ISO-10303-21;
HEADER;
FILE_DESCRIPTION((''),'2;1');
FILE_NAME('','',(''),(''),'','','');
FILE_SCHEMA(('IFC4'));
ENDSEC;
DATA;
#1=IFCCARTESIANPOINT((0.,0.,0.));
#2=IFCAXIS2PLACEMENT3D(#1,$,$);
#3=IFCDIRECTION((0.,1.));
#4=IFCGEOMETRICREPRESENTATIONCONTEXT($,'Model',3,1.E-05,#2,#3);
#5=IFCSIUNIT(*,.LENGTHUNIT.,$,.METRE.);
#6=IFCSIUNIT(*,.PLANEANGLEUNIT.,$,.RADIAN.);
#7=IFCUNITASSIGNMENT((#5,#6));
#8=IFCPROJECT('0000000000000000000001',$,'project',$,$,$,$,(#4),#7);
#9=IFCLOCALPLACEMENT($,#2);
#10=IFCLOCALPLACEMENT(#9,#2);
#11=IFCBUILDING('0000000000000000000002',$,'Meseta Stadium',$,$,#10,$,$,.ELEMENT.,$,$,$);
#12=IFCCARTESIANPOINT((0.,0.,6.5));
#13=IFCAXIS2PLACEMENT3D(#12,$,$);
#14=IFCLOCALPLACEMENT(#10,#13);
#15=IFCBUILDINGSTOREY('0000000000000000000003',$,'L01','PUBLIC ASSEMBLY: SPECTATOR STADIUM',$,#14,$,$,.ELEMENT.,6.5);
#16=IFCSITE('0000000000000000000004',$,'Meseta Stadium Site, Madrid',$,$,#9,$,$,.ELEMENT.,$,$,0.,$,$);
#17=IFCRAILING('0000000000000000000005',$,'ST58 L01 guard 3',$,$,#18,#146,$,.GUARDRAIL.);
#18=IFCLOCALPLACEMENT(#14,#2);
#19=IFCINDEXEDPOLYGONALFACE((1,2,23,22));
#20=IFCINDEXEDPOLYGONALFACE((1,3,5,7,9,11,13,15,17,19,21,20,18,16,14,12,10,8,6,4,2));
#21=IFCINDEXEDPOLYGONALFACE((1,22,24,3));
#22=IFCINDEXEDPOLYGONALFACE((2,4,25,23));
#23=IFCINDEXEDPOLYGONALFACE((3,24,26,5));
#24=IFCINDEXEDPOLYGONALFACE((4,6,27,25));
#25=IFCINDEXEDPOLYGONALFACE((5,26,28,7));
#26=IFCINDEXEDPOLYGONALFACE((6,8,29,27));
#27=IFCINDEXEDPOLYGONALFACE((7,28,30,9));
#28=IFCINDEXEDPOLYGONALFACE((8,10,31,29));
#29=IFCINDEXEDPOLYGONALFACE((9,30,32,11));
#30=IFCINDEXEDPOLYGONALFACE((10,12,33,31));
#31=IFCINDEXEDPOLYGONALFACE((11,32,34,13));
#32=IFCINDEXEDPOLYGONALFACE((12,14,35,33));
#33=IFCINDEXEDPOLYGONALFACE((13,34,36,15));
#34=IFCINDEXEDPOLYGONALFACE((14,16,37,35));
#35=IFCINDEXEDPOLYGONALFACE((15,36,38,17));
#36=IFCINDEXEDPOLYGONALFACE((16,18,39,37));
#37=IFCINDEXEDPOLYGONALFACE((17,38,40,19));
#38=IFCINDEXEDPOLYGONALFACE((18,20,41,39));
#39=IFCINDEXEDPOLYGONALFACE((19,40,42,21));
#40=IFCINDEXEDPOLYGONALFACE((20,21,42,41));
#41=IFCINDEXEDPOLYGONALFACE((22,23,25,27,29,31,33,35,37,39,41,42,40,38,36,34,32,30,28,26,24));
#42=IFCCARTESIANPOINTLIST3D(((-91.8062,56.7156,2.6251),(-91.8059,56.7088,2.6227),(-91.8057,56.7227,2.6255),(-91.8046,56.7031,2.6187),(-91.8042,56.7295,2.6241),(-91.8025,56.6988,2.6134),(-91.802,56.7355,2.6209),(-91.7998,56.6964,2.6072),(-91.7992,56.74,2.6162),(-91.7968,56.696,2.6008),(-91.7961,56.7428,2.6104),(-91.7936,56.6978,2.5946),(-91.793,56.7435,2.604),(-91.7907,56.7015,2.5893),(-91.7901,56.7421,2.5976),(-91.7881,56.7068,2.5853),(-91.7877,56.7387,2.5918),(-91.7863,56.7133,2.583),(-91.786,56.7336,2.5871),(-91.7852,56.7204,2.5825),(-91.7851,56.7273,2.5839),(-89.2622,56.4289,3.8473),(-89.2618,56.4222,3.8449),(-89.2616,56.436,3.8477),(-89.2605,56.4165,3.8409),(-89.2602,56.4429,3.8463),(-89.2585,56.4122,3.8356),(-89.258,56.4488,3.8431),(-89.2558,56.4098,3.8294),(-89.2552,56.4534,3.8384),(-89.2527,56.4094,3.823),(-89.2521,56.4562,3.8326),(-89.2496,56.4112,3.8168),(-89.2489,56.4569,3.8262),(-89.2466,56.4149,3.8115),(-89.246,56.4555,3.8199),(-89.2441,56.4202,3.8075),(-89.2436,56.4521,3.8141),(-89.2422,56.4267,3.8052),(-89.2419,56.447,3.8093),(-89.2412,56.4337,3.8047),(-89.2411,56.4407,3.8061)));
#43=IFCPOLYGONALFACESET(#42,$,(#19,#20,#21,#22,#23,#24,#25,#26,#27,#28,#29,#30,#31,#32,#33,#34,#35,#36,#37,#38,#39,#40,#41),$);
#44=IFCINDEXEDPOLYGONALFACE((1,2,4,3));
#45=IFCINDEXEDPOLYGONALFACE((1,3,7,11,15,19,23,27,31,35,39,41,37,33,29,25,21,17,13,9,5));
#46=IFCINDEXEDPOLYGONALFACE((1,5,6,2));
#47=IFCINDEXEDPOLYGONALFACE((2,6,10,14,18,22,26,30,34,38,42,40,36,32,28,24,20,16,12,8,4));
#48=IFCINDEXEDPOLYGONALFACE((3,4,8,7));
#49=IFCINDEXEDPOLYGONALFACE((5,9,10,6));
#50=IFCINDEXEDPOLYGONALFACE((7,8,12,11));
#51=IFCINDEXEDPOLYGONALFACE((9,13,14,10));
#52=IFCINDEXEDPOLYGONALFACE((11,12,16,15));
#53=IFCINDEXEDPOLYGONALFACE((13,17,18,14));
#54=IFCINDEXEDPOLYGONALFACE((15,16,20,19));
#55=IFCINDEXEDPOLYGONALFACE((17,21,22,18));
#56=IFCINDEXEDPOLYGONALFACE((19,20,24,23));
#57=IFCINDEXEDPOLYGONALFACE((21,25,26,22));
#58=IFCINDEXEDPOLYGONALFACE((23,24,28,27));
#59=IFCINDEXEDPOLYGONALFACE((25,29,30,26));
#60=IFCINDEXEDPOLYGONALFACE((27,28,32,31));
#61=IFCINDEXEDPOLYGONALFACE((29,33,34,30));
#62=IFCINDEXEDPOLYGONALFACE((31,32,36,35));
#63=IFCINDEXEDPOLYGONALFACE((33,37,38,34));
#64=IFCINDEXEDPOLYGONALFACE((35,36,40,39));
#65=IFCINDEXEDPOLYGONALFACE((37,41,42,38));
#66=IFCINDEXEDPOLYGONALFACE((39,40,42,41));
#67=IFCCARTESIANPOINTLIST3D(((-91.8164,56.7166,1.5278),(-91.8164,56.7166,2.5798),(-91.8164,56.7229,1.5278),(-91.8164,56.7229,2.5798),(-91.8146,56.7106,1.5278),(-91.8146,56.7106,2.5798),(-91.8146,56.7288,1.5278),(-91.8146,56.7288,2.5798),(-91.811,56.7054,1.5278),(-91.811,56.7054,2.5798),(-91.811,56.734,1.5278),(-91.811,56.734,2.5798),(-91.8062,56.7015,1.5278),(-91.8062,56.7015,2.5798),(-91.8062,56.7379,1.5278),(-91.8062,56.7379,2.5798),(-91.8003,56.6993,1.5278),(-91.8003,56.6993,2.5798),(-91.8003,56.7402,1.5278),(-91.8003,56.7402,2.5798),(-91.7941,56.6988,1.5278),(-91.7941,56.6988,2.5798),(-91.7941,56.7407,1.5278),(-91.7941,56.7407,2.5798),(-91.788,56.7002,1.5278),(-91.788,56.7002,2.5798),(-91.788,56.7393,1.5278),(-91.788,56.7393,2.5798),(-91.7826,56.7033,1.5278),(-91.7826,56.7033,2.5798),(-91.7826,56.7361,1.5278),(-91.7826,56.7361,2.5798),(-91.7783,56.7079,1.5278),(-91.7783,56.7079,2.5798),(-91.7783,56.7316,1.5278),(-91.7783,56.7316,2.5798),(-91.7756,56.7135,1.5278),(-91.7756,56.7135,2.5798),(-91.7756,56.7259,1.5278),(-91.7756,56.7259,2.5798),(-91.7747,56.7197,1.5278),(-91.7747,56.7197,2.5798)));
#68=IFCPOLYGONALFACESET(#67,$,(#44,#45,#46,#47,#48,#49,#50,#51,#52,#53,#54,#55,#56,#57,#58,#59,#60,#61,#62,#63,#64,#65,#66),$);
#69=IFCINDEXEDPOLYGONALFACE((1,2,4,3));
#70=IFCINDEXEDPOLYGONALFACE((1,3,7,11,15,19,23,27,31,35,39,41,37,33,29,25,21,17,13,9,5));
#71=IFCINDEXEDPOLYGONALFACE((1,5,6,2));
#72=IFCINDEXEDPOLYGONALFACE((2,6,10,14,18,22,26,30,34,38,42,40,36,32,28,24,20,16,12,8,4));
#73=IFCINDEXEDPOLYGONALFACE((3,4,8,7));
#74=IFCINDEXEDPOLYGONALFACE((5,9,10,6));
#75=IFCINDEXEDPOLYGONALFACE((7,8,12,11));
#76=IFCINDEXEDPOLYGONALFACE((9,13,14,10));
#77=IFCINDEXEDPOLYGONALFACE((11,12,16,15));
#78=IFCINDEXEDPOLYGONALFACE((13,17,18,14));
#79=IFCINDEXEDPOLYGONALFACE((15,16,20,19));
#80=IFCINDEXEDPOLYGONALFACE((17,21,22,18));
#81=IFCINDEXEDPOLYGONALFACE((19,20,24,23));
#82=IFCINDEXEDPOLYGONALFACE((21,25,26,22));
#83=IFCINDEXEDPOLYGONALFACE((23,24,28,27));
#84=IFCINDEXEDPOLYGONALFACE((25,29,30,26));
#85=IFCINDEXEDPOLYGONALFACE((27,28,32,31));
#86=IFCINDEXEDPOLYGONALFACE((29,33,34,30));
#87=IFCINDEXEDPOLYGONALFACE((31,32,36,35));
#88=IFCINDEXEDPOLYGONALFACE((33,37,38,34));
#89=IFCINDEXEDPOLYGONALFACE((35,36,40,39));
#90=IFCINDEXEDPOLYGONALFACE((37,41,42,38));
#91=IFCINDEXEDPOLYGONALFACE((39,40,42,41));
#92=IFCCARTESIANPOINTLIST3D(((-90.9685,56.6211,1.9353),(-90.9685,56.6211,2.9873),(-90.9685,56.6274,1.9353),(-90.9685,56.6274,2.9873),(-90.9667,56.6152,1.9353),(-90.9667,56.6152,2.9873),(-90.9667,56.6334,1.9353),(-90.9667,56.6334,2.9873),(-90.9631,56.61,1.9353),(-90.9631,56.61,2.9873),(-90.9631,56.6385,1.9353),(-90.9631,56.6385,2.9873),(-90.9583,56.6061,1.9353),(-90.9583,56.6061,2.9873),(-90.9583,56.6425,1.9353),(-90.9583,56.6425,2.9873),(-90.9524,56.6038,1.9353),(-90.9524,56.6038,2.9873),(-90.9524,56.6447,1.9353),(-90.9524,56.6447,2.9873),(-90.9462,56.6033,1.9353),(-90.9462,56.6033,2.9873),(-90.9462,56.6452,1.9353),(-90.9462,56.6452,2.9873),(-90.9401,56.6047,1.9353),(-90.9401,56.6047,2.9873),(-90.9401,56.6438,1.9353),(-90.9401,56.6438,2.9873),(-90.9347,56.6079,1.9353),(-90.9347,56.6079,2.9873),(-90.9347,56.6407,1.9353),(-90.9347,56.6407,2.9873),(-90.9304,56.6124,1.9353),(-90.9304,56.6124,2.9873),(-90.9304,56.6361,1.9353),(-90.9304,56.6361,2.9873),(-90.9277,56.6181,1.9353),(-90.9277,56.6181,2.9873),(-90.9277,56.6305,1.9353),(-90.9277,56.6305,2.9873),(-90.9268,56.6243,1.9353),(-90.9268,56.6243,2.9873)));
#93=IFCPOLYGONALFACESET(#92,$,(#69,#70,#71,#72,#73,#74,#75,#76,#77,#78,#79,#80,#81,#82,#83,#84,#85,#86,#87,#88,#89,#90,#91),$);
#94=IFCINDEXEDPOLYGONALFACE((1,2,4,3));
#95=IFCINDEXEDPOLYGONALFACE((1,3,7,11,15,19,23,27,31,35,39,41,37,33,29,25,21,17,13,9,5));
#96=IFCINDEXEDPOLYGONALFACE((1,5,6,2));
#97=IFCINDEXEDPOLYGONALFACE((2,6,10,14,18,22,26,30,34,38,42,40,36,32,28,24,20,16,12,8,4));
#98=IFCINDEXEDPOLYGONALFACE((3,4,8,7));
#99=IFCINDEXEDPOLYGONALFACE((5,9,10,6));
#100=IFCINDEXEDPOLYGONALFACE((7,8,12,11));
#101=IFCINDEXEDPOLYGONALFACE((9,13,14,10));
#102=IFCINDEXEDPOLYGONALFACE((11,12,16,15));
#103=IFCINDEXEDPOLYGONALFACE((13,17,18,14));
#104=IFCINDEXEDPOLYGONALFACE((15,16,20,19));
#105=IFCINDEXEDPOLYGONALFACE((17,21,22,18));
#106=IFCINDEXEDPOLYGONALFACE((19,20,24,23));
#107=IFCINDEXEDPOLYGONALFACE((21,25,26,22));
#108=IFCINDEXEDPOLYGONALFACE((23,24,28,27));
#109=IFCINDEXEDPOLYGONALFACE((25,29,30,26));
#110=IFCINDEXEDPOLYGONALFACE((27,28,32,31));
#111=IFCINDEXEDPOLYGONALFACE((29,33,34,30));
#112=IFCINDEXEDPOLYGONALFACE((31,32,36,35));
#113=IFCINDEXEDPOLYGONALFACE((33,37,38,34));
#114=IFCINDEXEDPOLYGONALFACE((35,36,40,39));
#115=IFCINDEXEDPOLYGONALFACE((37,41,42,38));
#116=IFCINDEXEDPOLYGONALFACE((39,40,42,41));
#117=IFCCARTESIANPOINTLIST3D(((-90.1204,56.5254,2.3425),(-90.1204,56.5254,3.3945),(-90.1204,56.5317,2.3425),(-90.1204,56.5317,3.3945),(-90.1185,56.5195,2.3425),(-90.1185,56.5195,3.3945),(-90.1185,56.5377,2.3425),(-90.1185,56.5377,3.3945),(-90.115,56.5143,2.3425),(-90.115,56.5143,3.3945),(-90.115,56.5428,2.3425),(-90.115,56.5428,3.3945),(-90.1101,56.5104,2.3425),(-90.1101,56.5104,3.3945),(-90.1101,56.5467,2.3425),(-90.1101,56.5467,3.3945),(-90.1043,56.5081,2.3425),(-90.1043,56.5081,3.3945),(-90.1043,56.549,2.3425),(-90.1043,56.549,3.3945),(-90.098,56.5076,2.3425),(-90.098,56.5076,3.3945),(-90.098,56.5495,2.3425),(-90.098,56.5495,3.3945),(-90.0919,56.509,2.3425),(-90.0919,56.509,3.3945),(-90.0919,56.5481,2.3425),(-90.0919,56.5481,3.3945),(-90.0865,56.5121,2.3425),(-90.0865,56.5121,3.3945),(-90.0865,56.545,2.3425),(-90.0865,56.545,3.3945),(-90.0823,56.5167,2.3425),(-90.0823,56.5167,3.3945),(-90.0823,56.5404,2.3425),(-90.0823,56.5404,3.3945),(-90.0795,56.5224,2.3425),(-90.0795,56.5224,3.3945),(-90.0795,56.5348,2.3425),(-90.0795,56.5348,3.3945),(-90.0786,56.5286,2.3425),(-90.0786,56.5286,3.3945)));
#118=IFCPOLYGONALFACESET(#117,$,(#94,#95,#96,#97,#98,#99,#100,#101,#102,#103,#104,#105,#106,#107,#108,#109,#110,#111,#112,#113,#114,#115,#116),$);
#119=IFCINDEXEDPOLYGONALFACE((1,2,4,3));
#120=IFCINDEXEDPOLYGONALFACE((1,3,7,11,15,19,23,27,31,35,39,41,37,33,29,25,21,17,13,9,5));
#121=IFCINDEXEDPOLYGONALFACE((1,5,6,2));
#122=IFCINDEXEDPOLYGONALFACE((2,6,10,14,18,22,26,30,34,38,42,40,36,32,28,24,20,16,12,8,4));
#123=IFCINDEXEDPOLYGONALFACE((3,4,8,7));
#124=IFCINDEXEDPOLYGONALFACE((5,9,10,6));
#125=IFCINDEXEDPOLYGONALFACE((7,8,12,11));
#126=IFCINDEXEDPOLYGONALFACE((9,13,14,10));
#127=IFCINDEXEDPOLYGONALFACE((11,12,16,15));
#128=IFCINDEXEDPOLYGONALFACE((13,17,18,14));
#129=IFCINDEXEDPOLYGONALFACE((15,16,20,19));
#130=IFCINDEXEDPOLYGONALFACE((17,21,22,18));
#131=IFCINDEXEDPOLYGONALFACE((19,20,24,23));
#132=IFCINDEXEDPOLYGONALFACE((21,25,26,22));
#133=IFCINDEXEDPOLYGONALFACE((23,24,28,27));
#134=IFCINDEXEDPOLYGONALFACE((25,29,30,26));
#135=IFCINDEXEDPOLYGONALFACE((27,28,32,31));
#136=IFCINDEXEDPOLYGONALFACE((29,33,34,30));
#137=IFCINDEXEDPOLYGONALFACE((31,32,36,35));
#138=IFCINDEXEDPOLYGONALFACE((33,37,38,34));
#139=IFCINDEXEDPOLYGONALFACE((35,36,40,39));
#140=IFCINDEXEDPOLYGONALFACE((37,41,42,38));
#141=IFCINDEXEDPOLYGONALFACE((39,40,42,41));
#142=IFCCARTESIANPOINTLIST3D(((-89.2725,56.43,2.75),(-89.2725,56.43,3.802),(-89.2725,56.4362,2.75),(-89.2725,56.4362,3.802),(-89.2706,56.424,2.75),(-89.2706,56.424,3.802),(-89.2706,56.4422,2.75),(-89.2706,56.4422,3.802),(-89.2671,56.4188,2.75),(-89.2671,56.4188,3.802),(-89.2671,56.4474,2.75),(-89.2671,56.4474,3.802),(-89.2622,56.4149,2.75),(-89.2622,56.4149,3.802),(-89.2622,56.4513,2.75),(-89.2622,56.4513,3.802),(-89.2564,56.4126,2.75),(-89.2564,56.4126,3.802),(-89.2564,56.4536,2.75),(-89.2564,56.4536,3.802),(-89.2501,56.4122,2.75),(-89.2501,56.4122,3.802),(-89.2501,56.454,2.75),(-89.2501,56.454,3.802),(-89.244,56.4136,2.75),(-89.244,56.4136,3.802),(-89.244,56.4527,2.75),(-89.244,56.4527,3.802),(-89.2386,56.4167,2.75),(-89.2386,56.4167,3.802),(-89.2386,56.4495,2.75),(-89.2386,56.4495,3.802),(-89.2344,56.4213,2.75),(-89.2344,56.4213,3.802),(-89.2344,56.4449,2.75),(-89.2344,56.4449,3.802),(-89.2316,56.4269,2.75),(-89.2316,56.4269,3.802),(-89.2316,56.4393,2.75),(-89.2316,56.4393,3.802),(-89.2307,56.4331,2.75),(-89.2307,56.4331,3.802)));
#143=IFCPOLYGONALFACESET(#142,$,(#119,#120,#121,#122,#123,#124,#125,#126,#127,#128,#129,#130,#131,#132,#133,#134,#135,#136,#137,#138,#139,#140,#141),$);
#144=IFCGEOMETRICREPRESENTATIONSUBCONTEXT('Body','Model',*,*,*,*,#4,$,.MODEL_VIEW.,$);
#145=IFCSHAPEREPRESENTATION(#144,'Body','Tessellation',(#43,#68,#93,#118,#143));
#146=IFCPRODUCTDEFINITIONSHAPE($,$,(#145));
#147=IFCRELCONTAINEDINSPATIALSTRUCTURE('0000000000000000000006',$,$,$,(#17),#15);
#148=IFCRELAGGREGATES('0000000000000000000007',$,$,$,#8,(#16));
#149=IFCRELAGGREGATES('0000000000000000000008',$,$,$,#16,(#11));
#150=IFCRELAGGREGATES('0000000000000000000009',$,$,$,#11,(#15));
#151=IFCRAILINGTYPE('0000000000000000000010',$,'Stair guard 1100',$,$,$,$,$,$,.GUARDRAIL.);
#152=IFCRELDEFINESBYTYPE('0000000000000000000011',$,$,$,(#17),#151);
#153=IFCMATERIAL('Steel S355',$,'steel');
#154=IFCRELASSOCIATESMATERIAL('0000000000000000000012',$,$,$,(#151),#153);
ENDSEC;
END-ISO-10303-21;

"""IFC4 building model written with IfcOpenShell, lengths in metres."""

from ifc_helpers import new_model, si_unit, direction, frame, origin, origin_2d, place, context, subcontext, project, spatial, circle, extrude, material, type_object, element, save


model = new_model("IFC4")

# Units and contexts
model_context = context("Model", 3, precision=1e-05, world=origin(), true_north=direction((0.0, 1.0)))
body_context = subcontext(model_context, "Body", "Model", "MODEL_VIEW")
ifc_project = project(units=[si_unit("LENGTHUNIT", "METRE"), si_unit("PLANEANGLEUNIT", "RADIAN")], contexts=[model_context])

# Site, building, storey
site_placement = place(None, origin())
site = spatial("IfcSite", under=ifc_project, at=site_placement, Name="Meseta Stadium Site, Madrid", CompositionType="ELEMENT", RefElevation=0.0)
building_placement = place(site_placement, origin())
building = spatial("IfcBuilding", under=site, at=building_placement, Name="Meseta Stadium", CompositionType="ELEMENT")
storey_placement = place(building_placement, frame((0.0, 0.0, 6.5)))
storey = spatial("IfcBuildingStorey", under=building, at=storey_placement, Name="L01", Description="PUBLIC ASSEMBLY: SPECTATOR STADIUM", CompositionType="ELEMENT", Elevation=6.5)

# Railing
ifc_material_1 = material(Name="Steel S355", Category="steel")
railing_type_1 = type_object("IfcRailingType", Name="Stair guard 1100", PredefinedType="GUARDRAIL", material=ifc_material_1)
railing_1_placement = place(storey_placement, frame((-91.7957, 56.7197, 1.5278)))
element("IfcRailing", 1, at=railing_1_placement, inside=storey, type_object=railing_type_1, Name="ST58 L01 guard 3", PredefinedType="GUARDRAIL", context=body_context, shape_type="SweptSolid", body=[
    extrude(circle(Radius=0.0239, at=origin_2d()), frame((0.0, 0.0, 1.0762), z_axis=(0.896762, -0.101036, 0.430824), x_axis=(0.11196, 0.993713, 0.0)), (0.0, 0.0, 1.0), 2.8369),
    extrude(circle(Radius=0.021, at=origin_2d()), origin(), (0.0, 0.0, 1.0), 1.052),
    extrude(circle(Radius=0.021, at=origin_2d()), frame((0.8479, -0.0955, 0.4075)), (0.0, 0.0, 1.0), 1.052),
    extrude(circle(Radius=0.021, at=origin_2d()), frame((1.696, -0.1912, 0.8147)), (0.0, 0.0, 1.0), 1.052),
    extrude(circle(Radius=0.021, at=origin_2d()), frame((2.5439, -0.2866, 1.2222)), (0.0, 0.0, 1.0), 1.052),
])

save(model, "model.ifc")
